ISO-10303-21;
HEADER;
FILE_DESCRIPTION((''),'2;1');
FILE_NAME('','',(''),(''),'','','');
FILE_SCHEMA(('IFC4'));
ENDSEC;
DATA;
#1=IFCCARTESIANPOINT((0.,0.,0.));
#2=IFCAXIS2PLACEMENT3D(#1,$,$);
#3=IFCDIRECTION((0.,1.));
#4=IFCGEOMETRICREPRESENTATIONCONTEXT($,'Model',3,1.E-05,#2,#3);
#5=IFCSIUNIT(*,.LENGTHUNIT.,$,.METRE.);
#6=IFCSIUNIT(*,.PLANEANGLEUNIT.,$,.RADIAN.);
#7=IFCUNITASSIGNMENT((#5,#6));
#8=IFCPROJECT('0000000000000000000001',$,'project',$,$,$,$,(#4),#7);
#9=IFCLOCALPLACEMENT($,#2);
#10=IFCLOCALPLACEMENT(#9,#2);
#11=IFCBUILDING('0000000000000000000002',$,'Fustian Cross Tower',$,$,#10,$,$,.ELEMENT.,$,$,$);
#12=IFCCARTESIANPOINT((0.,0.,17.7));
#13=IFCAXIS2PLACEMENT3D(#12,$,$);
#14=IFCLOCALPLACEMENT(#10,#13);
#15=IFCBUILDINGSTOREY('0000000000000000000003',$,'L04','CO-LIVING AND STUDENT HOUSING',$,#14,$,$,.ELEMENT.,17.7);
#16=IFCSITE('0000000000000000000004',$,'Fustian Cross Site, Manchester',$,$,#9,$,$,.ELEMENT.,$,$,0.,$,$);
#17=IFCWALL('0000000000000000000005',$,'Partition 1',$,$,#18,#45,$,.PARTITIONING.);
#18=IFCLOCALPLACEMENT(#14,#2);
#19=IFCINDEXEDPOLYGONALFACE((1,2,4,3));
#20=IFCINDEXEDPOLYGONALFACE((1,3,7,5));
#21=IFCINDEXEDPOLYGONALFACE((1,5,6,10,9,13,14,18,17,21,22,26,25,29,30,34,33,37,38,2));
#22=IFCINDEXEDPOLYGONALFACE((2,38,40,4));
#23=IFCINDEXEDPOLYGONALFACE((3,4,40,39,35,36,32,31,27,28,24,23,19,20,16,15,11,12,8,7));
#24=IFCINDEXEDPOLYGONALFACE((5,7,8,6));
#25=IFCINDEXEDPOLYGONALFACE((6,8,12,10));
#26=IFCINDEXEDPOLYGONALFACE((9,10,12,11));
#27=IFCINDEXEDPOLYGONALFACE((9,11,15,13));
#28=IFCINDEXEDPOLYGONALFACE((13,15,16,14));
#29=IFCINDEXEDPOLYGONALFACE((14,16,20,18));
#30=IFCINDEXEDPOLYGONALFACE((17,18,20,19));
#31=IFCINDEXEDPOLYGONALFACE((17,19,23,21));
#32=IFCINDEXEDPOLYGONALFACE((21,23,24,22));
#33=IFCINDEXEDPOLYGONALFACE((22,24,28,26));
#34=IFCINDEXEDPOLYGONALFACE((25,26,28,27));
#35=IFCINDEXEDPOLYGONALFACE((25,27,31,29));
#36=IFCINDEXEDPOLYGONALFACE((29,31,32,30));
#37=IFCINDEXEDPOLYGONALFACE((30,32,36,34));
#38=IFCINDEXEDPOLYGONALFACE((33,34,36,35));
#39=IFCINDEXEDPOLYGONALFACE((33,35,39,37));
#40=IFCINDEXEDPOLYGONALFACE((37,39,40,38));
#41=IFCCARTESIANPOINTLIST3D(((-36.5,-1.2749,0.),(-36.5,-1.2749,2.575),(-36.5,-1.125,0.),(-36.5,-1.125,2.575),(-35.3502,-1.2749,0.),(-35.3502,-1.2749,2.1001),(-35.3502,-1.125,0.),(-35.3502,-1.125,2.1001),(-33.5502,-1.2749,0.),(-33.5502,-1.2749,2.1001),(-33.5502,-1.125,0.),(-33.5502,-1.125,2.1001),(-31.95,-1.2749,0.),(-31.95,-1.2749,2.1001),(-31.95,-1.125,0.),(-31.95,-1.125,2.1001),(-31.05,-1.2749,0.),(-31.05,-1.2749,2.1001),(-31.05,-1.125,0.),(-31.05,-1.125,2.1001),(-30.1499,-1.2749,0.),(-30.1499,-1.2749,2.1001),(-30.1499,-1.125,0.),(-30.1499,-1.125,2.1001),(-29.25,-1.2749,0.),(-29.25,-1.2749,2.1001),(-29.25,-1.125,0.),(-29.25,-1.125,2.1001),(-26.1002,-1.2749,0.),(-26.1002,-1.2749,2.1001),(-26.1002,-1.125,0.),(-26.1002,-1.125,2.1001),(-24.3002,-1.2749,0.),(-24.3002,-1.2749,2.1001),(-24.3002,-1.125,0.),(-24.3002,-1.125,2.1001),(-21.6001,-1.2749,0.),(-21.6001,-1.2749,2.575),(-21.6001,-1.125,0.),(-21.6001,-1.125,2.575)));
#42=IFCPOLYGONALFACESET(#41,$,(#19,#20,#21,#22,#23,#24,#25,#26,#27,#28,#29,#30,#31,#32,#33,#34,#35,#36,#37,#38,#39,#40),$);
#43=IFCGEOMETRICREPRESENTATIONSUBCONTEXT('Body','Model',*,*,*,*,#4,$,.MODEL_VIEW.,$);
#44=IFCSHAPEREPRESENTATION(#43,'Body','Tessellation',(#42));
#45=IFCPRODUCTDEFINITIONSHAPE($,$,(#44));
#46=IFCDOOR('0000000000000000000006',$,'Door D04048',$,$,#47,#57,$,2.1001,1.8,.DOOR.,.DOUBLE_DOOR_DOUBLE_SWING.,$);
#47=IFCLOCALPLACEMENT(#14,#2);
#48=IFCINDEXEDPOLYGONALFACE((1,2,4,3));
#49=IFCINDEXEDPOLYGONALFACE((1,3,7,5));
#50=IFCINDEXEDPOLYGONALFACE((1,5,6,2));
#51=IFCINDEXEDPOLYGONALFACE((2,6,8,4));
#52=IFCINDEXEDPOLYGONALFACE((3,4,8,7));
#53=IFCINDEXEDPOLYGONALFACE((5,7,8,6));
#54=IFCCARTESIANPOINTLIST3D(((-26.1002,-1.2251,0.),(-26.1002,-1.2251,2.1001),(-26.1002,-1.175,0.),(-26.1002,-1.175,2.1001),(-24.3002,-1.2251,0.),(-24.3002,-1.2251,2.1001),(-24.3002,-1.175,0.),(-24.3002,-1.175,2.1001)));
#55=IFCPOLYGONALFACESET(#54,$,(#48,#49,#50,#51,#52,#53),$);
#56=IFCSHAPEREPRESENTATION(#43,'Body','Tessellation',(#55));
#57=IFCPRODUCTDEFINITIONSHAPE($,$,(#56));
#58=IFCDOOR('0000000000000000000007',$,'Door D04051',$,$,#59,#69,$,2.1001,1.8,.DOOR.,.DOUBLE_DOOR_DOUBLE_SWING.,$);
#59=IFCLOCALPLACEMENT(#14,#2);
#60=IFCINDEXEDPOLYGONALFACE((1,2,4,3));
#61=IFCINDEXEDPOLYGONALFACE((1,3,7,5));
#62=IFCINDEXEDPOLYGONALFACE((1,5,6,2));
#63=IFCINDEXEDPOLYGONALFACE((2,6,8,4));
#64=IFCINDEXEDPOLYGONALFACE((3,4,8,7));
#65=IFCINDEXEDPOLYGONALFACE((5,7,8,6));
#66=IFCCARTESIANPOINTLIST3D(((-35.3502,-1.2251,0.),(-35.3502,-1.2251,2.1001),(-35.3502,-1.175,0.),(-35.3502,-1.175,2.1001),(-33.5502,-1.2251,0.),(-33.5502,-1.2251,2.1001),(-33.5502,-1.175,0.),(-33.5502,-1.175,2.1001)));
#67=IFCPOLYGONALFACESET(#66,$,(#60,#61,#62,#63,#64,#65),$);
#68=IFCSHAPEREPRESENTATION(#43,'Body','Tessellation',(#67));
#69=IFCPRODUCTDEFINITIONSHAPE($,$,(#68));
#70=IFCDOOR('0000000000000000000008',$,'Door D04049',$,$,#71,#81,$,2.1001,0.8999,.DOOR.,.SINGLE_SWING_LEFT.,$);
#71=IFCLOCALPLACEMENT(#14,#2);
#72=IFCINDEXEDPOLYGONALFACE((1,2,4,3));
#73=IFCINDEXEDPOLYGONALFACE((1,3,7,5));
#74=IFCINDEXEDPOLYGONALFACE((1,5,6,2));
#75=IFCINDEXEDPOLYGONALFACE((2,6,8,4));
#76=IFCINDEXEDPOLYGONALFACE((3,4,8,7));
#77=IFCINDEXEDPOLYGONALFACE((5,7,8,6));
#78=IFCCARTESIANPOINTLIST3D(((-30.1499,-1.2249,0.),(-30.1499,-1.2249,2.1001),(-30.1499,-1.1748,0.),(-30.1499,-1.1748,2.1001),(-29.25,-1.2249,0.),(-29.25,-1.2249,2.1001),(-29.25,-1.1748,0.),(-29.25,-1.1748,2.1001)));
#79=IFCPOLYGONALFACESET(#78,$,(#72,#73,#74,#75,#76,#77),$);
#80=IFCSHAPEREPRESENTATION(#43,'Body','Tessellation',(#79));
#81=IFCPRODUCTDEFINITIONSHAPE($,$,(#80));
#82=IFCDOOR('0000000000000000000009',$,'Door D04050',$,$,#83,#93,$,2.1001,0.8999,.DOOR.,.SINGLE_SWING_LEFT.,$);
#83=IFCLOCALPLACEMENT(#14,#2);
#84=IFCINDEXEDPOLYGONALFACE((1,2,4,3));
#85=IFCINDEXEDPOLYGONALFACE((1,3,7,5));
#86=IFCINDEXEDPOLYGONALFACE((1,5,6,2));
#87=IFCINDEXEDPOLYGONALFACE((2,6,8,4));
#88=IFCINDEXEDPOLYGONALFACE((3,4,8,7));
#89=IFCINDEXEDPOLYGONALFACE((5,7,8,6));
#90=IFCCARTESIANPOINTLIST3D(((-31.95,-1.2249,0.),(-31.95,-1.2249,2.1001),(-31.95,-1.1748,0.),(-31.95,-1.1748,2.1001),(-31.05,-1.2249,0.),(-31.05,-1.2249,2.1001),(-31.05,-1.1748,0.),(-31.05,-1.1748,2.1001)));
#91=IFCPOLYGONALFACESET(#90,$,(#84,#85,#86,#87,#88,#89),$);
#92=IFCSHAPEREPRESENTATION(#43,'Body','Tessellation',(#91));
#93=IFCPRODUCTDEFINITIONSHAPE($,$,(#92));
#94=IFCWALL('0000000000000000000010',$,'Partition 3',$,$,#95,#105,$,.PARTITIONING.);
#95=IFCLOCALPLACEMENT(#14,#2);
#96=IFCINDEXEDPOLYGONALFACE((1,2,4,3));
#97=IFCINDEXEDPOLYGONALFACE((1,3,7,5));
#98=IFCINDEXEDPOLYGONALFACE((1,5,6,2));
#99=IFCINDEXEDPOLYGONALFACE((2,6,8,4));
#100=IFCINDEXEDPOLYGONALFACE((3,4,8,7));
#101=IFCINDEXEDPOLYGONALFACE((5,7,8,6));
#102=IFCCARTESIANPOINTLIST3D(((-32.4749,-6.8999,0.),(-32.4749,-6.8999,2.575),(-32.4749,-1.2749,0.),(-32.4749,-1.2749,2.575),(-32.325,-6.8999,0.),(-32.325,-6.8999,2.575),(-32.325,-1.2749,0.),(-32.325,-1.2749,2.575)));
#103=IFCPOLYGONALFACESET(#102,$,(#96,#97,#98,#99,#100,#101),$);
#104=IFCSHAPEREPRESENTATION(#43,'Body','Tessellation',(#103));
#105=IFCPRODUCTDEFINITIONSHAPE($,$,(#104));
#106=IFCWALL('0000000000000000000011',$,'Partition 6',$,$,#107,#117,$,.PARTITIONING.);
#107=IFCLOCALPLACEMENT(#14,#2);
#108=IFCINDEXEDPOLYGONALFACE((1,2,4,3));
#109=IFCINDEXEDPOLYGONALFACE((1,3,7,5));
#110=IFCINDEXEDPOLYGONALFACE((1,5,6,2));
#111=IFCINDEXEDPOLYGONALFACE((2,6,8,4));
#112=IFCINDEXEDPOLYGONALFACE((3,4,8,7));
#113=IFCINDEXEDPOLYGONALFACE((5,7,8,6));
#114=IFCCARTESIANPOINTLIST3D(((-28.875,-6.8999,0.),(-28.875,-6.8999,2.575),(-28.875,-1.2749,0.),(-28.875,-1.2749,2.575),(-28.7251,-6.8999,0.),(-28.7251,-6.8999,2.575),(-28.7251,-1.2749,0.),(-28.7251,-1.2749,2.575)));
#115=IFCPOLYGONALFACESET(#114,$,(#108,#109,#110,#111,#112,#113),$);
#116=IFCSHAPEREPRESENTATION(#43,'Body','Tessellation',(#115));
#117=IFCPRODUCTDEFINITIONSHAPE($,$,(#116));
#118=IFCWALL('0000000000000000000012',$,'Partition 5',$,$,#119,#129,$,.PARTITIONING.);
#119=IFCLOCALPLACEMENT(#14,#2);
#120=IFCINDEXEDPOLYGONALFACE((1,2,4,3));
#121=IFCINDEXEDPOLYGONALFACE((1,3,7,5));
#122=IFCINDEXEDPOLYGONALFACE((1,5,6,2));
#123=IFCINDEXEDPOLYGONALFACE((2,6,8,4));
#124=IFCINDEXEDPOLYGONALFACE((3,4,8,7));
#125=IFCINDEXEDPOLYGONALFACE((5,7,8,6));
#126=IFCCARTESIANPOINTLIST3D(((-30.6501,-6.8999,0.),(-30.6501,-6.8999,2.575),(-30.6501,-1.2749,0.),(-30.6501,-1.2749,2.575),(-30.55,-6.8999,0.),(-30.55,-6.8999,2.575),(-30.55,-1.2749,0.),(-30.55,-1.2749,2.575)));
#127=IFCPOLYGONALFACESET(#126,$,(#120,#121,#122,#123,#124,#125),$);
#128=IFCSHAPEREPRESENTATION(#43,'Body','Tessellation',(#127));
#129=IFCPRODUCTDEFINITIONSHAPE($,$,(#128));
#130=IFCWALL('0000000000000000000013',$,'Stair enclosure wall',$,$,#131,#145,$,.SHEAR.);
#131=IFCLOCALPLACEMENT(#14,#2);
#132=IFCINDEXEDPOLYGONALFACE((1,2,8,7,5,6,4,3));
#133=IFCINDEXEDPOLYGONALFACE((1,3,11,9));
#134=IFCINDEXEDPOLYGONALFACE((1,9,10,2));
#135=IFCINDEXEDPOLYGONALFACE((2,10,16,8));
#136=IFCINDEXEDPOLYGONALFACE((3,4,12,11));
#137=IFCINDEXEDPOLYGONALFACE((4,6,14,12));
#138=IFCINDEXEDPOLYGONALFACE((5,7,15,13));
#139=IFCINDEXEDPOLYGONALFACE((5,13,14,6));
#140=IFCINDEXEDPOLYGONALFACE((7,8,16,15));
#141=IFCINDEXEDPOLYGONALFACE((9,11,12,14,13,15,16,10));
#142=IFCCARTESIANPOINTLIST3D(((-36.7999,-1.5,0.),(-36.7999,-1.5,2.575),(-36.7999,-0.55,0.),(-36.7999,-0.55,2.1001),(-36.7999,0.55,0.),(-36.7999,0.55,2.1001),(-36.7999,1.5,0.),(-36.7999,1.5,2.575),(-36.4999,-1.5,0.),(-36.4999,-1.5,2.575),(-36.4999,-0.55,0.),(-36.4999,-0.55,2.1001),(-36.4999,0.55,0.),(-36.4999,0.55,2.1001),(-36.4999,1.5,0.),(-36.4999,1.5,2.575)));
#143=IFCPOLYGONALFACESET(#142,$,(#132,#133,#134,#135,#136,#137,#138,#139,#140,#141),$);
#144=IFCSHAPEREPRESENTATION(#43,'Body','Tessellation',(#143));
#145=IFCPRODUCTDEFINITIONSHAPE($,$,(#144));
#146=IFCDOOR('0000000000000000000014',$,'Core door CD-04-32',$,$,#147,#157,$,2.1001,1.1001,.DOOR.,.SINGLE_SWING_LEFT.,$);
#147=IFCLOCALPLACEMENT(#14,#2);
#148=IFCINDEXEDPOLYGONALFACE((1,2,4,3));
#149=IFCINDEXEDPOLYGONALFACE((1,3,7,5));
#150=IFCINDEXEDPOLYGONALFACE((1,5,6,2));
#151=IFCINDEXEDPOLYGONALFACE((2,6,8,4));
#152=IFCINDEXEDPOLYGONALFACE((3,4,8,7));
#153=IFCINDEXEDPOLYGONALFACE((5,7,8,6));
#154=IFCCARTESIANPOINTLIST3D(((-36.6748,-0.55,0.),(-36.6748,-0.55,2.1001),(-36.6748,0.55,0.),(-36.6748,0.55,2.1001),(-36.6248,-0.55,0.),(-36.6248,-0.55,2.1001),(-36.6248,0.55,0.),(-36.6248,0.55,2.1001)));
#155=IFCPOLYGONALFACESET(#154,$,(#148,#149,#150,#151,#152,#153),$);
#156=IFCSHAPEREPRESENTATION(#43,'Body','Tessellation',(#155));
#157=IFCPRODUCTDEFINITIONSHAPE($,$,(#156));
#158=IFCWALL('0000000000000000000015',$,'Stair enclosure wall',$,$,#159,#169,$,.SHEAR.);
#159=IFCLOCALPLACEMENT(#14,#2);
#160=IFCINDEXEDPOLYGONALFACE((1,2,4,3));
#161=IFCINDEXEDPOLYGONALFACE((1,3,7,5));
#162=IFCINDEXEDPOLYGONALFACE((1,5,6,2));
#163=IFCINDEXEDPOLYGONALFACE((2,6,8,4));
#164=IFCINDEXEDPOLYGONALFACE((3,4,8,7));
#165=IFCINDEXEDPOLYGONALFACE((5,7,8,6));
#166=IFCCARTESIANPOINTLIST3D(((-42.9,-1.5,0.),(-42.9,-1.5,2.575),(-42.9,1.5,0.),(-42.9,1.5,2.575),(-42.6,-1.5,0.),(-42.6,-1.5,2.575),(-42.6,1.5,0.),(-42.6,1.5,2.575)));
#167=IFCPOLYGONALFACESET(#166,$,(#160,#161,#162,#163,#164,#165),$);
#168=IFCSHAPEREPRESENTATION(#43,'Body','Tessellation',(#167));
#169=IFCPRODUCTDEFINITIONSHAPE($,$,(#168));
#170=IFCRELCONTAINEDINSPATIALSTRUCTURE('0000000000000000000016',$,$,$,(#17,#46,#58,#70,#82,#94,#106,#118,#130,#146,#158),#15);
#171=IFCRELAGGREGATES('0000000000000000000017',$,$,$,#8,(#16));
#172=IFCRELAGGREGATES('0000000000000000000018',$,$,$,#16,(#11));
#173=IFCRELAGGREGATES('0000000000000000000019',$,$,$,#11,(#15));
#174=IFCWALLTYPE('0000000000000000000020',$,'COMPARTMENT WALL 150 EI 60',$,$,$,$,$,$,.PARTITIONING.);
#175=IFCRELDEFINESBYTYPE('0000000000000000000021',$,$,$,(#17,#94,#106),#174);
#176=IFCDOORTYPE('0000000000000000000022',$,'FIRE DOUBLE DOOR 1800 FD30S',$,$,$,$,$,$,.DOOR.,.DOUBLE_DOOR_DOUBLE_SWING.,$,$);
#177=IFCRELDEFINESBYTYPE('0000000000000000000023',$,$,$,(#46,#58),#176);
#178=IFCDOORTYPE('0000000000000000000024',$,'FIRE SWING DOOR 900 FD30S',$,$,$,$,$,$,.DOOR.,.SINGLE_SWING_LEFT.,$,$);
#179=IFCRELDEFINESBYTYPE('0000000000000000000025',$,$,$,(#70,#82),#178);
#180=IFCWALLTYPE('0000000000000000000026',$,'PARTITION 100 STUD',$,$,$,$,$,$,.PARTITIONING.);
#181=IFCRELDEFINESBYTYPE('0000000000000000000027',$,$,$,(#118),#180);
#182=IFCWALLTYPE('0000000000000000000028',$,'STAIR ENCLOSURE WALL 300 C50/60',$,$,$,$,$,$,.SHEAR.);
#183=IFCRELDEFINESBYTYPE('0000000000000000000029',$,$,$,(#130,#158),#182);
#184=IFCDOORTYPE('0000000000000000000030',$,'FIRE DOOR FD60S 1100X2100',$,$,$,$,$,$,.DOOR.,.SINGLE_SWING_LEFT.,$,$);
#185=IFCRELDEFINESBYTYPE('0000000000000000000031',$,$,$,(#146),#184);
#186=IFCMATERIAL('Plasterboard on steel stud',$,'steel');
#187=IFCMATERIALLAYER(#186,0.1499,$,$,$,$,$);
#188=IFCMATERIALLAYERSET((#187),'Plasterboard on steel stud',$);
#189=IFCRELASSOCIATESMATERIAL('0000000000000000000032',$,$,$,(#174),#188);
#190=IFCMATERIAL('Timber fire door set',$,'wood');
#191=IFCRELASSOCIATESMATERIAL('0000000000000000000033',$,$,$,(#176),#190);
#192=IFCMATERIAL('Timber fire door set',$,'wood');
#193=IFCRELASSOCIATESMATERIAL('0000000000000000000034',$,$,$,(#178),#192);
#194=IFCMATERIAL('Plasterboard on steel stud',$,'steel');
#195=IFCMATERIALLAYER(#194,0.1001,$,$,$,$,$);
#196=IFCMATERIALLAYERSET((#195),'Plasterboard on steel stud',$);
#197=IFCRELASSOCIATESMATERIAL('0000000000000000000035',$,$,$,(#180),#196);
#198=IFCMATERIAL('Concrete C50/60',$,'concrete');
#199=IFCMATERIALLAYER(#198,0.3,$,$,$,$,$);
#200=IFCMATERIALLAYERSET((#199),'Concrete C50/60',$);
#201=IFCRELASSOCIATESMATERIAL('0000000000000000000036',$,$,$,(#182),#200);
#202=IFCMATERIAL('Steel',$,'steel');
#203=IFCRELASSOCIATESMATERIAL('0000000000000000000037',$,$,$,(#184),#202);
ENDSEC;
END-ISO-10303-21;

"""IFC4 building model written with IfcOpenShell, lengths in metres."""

from ifc_helpers import new_model, si_unit, direction, frame, frame_2d, origin, place, context, subcontext, project, spatial, rectangle, extrude, material, layer, layer_set, type_object, element, fill, save


model = new_model("IFC4")

# Units and contexts
model_context = context("Model", 3, precision=1e-05, world=origin(), true_north=direction((0.0, 1.0)))
body_context = subcontext(model_context, "Body", "Model", "MODEL_VIEW")
ifc_project = project(units=[si_unit("LENGTHUNIT", "METRE"), si_unit("PLANEANGLEUNIT", "RADIAN")], contexts=[model_context])

# Site, building, storey
site_placement = place(None, origin())
site = spatial("IfcSite", under=ifc_project, at=site_placement, Name="Fustian Cross Site, Manchester", CompositionType="ELEMENT", RefElevation=0.0)
building_placement = place(site_placement, origin())
building = spatial("IfcBuilding", under=site, at=building_placement, Name="Fustian Cross Tower", CompositionType="ELEMENT")
storey_placement = place(building_placement, frame((0.0, 0.0, 17.7)))
storey = spatial("IfcBuildingStorey", under=building, at=storey_placement, Name="L04", Description="CO-LIVING AND STUDENT HOUSING", CompositionType="ELEMENT", Elevation=17.7)

# Wall, openings, doors
ifc_material_1 = material(Name="Plasterboard on steel stud", Category="steel")
ifc_layer_1 = layer(ifc_material_1, 0.1499)
ifc_layer_set_1 = layer_set([ifc_layer_1], Name="Plasterboard on steel stud")
wall_type_1 = type_object("IfcWallType", Name="COMPARTMENT WALL 150 EI 60", PredefinedType="PARTITIONING", material=ifc_layer_set_1)
wall_1_placement = place(storey_placement, frame((-36.5, -1.2, 0.0), z_axis=(0.0, 0.0, 1.0), x_axis=(1.0, 0.0, 0.0)))
wall_1 = element("IfcWall", 1, at=wall_1_placement, inside=storey, type_object=wall_type_1, Name="Partition 1", PredefinedType="PARTITIONING", context=body_context, shape_type="SweptSolid", body=[
    extrude(rectangle(XDim=14.8999, YDim=0.1499, at=frame_2d((7.45, 0.0))), origin(), (0.0, 0.0, 1.0), 2.575),
])
opening_1_placement = place(wall_1_placement, frame((10.3999, 0.0, 0.0)))
opening_1 = element("IfcOpeningElement", 2, at=opening_1_placement, cuts=wall_1, PredefinedType="OPENING", context=body_context, shape_type="SweptSolid", body=[
    extrude(rectangle(XDim=1.8, YDim=2.1001, at=frame_2d((0.8999, 1.05))), frame((0.0, 0.085, 0.0), z_axis=(0.0, -1.0, 0.0), x_axis=(1.0, 0.0, 0.0)), (0.0, 0.0, 1.0), 0.1699),
])
opening_2_placement = place(wall_1_placement, frame((6.3501, 0.0, 0.0)))
opening_2 = element("IfcOpeningElement", 3, at=opening_2_placement, cuts=wall_1, PredefinedType="OPENING", context=body_context, shape_type="SweptSolid", body=[
    extrude(rectangle(XDim=0.8999, YDim=2.1001, at=frame_2d((0.45, 1.05))), frame((0.0, 0.085, 0.0), z_axis=(0.0, -1.0, 0.0), x_axis=(1.0, 0.0, 0.0)), (0.0, 0.0, 1.0), 0.1699),
])
opening_3_placement = place(wall_1_placement, frame((4.55, 0.0, 0.0)))
opening_3 = element("IfcOpeningElement", 4, at=opening_3_placement, cuts=wall_1, PredefinedType="OPENING", context=body_context, shape_type="SweptSolid", body=[
    extrude(rectangle(XDim=0.8999, YDim=2.1001, at=frame_2d((0.45, 1.05))), frame((0.0, 0.085, 0.0), z_axis=(0.0, -1.0, 0.0), x_axis=(1.0, 0.0, 0.0)), (0.0, 0.0, 1.0), 0.1699),
])
opening_4_placement = place(wall_1_placement, frame((1.1499, 0.0, 0.0)))
opening_4 = element("IfcOpeningElement", 5, at=opening_4_placement, cuts=wall_1, PredefinedType="OPENING", context=body_context, shape_type="SweptSolid", body=[
    extrude(rectangle(XDim=1.8, YDim=2.1001, at=frame_2d((0.8999, 1.05))), frame((0.0, 0.085, 0.0), z_axis=(0.0, -1.0, 0.0), x_axis=(1.0, 0.0, 0.0)), (0.0, 0.0, 1.0), 0.1699),
])
ifc_material_2 = material(Name="Timber fire door set", Category="wood")
door_type_1 = type_object("IfcDoorType", Name="FIRE DOUBLE DOOR 1800 FD30S", OperationType="DOUBLE_DOOR_DOUBLE_SWING", PredefinedType="DOOR", material=ifc_material_2)
door_1_placement = place(opening_1_placement, origin())
door_1 = element("IfcDoor", 6, at=door_1_placement, inside=storey, type_object=door_type_1, Name="Door D04048", OperationType="DOUBLE_DOOR_DOUBLE_SWING", OverallHeight=2.1001, OverallWidth=1.8, PredefinedType="DOOR", context=body_context, shape_type="SweptSolid", body=[
    extrude(rectangle(XDim=1.8, YDim=2.1001, at=frame_2d((0.8999, 1.05))), frame((0.0, 0.0249, 0.0), z_axis=(0.0, -1.0, 0.0), x_axis=(1.0, 0.0, 0.0)), (0.0, 0.0, 1.0), 0.05),
])
fill(opening_1, door_1)
door_2_placement = place(opening_4_placement, origin())
door_2 = element("IfcDoor", 7, at=door_2_placement, inside=storey, type_object=door_type_1, Name="Door D04051", OperationType="DOUBLE_DOOR_DOUBLE_SWING", OverallHeight=2.1001, OverallWidth=1.8, PredefinedType="DOOR", context=body_context, shape_type="SweptSolid", body=[
    extrude(rectangle(XDim=1.8, YDim=2.1001, at=frame_2d((0.8999, 1.05))), frame((0.0, 0.0249, 0.0), z_axis=(0.0, -1.0, 0.0), x_axis=(1.0, 0.0, 0.0)), (0.0, 0.0, 1.0), 0.05),
])
fill(opening_4, door_2)
ifc_material_3 = material(Name="Timber fire door set", Category="wood")
door_type_2 = type_object("IfcDoorType", Name="FIRE SWING DOOR 900 FD30S", OperationType="SINGLE_SWING_LEFT", PredefinedType="DOOR", material=ifc_material_3)
door_3_placement = place(opening_2_placement, frame((0.8999, 0.0, 0.0), z_axis=(0.0, 0.0, 1.0), x_axis=(-1.0, 0.0, 0.0)))
door_3 = element("IfcDoor", 8, at=door_3_placement, inside=storey, type_object=door_type_2, Name="Door D04049", OperationType="SINGLE_SWING_LEFT", OverallHeight=2.1001, OverallWidth=0.8999, PredefinedType="DOOR", context=body_context, shape_type="SweptSolid", body=[
    extrude(rectangle(XDim=0.8999, YDim=2.1001, at=frame_2d((0.45, 1.05))), frame((0.0, 0.0249, 0.0), z_axis=(0.0, -1.0, 0.0), x_axis=(1.0, 0.0, 0.0)), (0.0, 0.0, 1.0), 0.05),
])
fill(opening_2, door_3)
door_4_placement = place(opening_3_placement, frame((0.8999, 0.0, 0.0), z_axis=(0.0, 0.0, 1.0), x_axis=(-1.0, 0.0, 0.0)))
door_4 = element("IfcDoor", 9, at=door_4_placement, inside=storey, type_object=door_type_2, Name="Door D04050", OperationType="SINGLE_SWING_LEFT", OverallHeight=2.1001, OverallWidth=0.8999, PredefinedType="DOOR", context=body_context, shape_type="SweptSolid", body=[
    extrude(rectangle(XDim=0.8999, YDim=2.1001, at=frame_2d((0.45, 1.05))), frame((0.0, 0.0249, 0.0), z_axis=(0.0, -1.0, 0.0), x_axis=(1.0, 0.0, 0.0)), (0.0, 0.0, 1.0), 0.05),
])
fill(opening_3, door_4)

# Walls
for number, where, z_axis, x_axis, name in (
    (10, (-32.3999, -6.8999, 0.0), (0.0, 0.0, 1.0), (0.0, 1.0, 0.0), "Partition 3"),
    (11, (-28.8, -6.8999, 0.0), (0.0, 0.0, 1.0), (0.0, 1.0, 0.0), "Partition 6"),
):
    element("IfcWall", number, at=place(storey_placement, frame(where, z_axis=z_axis, x_axis=x_axis)), inside=storey, type_object=wall_type_1, Name=name, PredefinedType="PARTITIONING", context=body_context, shape_type="SweptSolid", body=[
        extrude(rectangle(XDim=5.625, YDim=0.1499, at=frame_2d((2.8125, 0.0))), origin(), (0.0, 0.0, 1.0), 2.575),
    ])
ifc_material_4 = material(Name="Plasterboard on steel stud", Category="steel")
ifc_layer_2 = layer(ifc_material_4, 0.1001)
ifc_layer_set_2 = layer_set([ifc_layer_2], Name="Plasterboard on steel stud")
wall_type_2 = type_object("IfcWallType", Name="PARTITION 100 STUD", PredefinedType="PARTITIONING", material=ifc_layer_set_2)
wall_2_placement = place(storey_placement, frame((-30.6001, -6.8999, 0.0), z_axis=(0.0, 0.0, 1.0), x_axis=(0.0, 1.0, 0.0)))
element("IfcWall", 12, at=wall_2_placement, inside=storey, type_object=wall_type_2, Name="Partition 5", PredefinedType="PARTITIONING", context=body_context, shape_type="SweptSolid", body=[
    extrude(rectangle(XDim=5.625, YDim=0.1001, at=frame_2d((2.8125, 0.0))), origin(), (0.0, 0.0, 1.0), 2.575),
])

# Wall, opening, door
ifc_material_5 = material(Name="Concrete C50/60", Category="concrete")
ifc_layer_3 = layer(ifc_material_5, 0.3)
ifc_layer_set_3 = layer_set([ifc_layer_3], Name="Concrete C50/60")
wall_type_3 = type_object("IfcWallType", Name="STAIR ENCLOSURE WALL 300 C50/60", PredefinedType="SHEAR", material=ifc_layer_set_3)
wall_3_placement = place(storey_placement, frame((-36.6499, -1.5, 0.0), z_axis=(0.0, 0.0, 1.0), x_axis=(0.0, 1.0, 0.0)))
wall_3 = element("IfcWall", 13, at=wall_3_placement, inside=storey, type_object=wall_type_3, Name="Stair enclosure wall", PredefinedType="SHEAR", context=body_context, shape_type="SweptSolid", body=[
    extrude(rectangle(XDim=3.0, YDim=0.3, at=frame_2d((1.5, 0.0))), origin(), (0.0, 0.0, 1.0), 2.575),
])
opening_5_placement = place(wall_3_placement, frame((0.95, 0.0, 0.0)))
opening_5 = element("IfcOpeningElement", 14, at=opening_5_placement, cuts=wall_3, PredefinedType="OPENING", context=body_context, shape_type="SweptSolid", body=[
    extrude(rectangle(XDim=1.1001, YDim=2.1001, at=frame_2d((0.55, 1.05))), frame((0.0, 0.1599, 0.0), z_axis=(0.0, -1.0, 0.0), x_axis=(1.0, 0.0, 0.0)), (0.0, 0.0, 1.0), 0.3201),
])
ifc_material_6 = material(Name="Steel", Category="steel")
door_type_3 = type_object("IfcDoorType", Name="FIRE DOOR FD60S 1100X2100", OperationType="SINGLE_SWING_LEFT", PredefinedType="DOOR", material=ifc_material_6)
door_5_placement = place(opening_5_placement, origin())
door_5 = element("IfcDoor", 15, at=door_5_placement, inside=storey, type_object=door_type_3, Name="Core door CD-04-32", OperationType="SINGLE_SWING_LEFT", OverallHeight=2.1001, OverallWidth=1.1001, PredefinedType="DOOR", context=body_context, shape_type="SweptSolid", body=[
    extrude(rectangle(XDim=1.1001, YDim=2.1001, at=frame_2d((0.55, 1.05))), frame((0.0, 0.0249, 0.0), z_axis=(0.0, -1.0, 0.0), x_axis=(1.0, 0.0, 0.0)), (0.0, 0.0, 1.0), 0.05),
])
fill(opening_5, door_5)

# Wall
wall_4_placement = place(storey_placement, frame((-42.75, -1.5, 0.0), z_axis=(0.0, 0.0, 1.0), x_axis=(0.0, 1.0, 0.0)))
element("IfcWall", 16, at=wall_4_placement, inside=storey, type_object=wall_type_3, Name="Stair enclosure wall", PredefinedType="SHEAR", context=body_context, shape_type="SweptSolid", body=[
    extrude(rectangle(XDim=3.0, YDim=0.3, at=frame_2d((1.5, 0.0))), origin(), (0.0, 0.0, 1.0), 2.575),
])

save(model, "model.ifc")
